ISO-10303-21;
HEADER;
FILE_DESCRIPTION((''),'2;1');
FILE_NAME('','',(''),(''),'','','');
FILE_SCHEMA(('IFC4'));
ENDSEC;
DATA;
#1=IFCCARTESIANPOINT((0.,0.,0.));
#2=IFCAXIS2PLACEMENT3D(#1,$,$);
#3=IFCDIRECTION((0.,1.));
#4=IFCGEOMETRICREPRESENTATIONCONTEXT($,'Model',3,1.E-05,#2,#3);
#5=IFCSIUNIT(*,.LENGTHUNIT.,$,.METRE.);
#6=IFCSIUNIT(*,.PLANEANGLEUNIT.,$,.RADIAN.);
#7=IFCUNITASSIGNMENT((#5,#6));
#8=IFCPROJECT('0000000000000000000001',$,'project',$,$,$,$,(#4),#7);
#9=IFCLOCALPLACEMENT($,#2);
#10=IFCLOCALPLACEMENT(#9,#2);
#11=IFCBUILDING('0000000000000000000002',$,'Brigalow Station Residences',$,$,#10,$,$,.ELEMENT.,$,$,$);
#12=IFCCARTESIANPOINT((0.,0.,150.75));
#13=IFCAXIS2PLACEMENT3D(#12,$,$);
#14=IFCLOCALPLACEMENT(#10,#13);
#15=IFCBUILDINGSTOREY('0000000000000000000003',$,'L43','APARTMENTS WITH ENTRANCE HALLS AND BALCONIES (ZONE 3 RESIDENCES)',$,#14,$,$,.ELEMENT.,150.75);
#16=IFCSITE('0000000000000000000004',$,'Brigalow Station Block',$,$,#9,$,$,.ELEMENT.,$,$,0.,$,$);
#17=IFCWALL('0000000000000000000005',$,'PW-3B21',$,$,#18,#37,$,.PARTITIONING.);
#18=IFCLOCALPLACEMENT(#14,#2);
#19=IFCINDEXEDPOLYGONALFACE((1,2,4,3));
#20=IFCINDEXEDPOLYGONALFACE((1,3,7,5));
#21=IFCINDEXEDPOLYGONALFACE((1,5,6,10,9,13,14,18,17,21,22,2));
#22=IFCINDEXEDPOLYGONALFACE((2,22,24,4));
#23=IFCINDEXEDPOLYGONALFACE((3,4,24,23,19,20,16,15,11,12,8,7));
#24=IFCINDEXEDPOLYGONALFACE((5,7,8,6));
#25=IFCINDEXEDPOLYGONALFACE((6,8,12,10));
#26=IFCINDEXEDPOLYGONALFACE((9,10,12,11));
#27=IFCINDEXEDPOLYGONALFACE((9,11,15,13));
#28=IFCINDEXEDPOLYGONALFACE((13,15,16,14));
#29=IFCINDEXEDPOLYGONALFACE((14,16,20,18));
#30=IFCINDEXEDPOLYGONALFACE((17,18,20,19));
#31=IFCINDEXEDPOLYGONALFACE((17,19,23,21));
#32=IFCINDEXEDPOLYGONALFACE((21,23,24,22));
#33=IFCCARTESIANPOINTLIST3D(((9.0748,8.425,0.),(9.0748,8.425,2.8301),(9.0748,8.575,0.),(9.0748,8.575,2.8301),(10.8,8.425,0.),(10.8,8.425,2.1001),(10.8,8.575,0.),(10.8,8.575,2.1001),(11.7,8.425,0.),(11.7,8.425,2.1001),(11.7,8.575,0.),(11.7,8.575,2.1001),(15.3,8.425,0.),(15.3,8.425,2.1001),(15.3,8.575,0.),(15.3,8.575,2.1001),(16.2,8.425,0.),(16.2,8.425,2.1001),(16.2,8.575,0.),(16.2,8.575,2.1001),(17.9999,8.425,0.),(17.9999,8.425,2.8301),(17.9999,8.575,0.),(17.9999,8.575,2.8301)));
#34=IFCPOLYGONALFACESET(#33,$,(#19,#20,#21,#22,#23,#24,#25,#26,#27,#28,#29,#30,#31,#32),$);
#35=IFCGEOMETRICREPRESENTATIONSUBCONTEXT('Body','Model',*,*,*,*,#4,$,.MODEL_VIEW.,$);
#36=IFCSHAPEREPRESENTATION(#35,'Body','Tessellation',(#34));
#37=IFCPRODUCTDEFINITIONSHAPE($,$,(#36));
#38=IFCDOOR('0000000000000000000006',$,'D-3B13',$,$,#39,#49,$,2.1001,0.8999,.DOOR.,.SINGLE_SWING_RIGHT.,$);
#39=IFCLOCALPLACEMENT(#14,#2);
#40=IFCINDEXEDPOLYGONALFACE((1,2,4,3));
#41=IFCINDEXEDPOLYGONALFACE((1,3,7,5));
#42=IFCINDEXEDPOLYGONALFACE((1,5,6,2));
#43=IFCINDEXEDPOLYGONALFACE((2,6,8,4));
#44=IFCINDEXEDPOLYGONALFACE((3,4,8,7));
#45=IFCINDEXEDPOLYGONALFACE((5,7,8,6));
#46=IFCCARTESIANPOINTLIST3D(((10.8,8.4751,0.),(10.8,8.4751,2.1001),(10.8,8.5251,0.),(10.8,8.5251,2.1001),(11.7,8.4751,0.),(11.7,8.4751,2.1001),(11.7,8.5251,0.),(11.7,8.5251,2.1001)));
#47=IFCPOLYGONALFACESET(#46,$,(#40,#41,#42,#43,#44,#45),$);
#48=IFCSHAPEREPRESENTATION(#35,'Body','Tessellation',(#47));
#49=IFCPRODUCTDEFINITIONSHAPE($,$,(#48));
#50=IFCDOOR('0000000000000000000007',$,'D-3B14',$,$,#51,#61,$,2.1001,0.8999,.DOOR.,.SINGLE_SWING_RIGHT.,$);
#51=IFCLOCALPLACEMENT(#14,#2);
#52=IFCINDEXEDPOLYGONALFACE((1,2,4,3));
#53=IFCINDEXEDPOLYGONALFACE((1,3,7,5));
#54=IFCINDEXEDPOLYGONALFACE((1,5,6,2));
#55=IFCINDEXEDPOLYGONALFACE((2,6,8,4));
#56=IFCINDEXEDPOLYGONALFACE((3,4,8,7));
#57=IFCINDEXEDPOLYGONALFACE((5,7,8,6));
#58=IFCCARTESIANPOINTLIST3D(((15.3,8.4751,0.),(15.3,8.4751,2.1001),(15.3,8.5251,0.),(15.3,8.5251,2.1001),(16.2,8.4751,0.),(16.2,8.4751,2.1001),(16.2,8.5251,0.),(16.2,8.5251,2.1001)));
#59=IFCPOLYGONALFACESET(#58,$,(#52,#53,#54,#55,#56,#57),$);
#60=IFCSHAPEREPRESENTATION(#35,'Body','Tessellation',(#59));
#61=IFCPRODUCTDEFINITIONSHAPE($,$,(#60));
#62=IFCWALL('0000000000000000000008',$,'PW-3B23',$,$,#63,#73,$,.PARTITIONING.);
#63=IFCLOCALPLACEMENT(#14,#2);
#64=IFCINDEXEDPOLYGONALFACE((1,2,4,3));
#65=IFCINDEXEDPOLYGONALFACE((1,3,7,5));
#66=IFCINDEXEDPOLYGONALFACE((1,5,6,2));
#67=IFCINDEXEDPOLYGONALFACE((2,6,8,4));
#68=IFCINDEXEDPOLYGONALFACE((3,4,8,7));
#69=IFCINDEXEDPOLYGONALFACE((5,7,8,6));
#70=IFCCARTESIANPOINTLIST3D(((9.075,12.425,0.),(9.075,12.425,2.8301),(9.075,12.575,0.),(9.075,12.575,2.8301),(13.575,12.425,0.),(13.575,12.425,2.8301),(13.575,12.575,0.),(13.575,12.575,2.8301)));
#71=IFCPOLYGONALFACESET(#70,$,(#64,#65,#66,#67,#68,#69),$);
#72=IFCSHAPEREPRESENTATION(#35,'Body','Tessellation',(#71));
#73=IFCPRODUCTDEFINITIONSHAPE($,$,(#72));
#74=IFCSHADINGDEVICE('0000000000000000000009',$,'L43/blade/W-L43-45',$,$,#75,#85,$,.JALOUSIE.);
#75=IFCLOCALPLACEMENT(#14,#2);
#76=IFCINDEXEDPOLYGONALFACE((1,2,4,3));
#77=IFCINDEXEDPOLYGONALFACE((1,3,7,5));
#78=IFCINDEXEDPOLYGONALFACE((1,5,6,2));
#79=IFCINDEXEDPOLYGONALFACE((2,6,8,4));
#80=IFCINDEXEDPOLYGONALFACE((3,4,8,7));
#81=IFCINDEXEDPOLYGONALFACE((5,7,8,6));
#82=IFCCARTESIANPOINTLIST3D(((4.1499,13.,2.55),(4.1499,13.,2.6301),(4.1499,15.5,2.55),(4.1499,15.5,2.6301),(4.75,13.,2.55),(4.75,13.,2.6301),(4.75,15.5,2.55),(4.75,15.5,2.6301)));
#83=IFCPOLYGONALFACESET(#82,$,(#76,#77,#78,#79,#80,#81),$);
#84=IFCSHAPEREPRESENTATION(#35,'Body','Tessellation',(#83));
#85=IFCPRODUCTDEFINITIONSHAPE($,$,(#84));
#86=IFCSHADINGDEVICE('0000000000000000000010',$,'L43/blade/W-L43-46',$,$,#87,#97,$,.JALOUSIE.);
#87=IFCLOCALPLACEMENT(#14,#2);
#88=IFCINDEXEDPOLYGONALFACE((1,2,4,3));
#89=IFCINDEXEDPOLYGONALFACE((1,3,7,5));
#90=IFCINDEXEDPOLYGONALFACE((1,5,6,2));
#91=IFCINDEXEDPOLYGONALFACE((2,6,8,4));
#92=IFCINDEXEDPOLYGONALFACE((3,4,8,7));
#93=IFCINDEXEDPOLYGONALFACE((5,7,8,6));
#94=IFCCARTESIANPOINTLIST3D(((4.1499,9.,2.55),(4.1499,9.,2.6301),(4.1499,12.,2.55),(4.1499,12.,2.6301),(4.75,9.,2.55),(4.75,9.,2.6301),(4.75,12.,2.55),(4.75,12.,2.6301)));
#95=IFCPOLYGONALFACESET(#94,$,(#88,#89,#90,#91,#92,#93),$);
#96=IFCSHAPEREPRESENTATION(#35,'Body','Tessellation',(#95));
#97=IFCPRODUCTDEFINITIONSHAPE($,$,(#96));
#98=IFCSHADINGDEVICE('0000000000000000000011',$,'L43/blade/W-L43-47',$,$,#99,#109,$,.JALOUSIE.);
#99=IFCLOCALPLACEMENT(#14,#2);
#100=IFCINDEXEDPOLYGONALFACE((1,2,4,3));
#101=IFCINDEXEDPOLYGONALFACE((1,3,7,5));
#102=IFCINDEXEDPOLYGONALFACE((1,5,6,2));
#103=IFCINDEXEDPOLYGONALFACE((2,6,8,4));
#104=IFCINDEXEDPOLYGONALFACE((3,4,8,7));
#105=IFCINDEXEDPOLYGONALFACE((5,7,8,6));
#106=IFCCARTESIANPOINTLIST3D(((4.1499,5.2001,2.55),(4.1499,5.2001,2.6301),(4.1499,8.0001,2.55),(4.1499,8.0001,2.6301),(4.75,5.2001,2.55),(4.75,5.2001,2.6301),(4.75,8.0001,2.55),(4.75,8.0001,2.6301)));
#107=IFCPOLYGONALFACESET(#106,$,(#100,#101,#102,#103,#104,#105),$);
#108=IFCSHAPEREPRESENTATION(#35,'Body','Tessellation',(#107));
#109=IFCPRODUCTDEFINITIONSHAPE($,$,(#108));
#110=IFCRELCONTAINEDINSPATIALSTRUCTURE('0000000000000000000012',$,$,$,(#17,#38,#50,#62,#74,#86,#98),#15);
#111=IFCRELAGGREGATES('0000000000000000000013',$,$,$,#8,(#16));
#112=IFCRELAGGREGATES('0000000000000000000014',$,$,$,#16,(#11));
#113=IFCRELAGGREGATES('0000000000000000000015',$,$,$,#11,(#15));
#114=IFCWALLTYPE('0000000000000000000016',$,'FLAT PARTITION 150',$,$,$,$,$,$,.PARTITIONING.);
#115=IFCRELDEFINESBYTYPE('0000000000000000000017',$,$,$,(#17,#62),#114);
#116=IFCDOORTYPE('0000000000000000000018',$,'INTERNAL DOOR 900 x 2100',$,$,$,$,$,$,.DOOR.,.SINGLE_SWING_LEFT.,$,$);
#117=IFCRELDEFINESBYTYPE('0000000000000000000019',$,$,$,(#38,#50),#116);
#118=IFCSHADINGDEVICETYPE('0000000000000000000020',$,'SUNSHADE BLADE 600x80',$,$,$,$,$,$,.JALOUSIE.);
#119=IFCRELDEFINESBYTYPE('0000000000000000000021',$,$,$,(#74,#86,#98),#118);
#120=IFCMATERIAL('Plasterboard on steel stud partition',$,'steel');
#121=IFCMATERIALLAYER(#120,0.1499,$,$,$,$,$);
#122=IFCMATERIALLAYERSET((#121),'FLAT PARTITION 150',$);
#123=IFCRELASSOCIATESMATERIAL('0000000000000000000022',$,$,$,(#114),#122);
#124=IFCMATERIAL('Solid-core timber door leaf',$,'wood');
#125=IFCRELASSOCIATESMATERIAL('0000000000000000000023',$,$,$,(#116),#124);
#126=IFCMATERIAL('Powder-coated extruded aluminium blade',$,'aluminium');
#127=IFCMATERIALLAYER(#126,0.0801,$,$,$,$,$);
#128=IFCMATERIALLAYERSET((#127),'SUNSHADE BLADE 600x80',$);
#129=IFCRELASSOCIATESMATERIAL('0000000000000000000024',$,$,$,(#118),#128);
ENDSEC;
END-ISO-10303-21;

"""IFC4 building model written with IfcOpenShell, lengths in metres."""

from ifc_helpers import new_model, si_unit, direction, frame, frame_2d, origin, origin_2d, place, context, subcontext, project, spatial, rectangle, extrude, material, layer, layer_set, type_object, element, fill, save


model = new_model("IFC4")

# Units and contexts
model_context = context("Model", 3, precision=1e-05, world=origin(), true_north=direction((0.0, 1.0)))
body_context = subcontext(model_context, "Body", "Model", "MODEL_VIEW")
ifc_project = project(units=[si_unit("LENGTHUNIT", "METRE"), si_unit("PLANEANGLEUNIT", "RADIAN")], contexts=[model_context])

# Site, building, storey
site_placement = place(None, origin())
site = spatial("IfcSite", under=ifc_project, at=site_placement, Name="Brigalow Station Block", CompositionType="ELEMENT", RefElevation=0.0)
building_placement = place(site_placement, origin())
building = spatial("IfcBuilding", under=site, at=building_placement, Name="Brigalow Station Residences", CompositionType="ELEMENT")
storey_placement = place(building_placement, frame((0.0, 0.0, 150.75)))
storey = spatial("IfcBuildingStorey", under=building, at=storey_placement, Name="L43", Description="APARTMENTS WITH ENTRANCE HALLS AND BALCONIES (ZONE 3 RESIDENCES)", CompositionType="ELEMENT", Elevation=150.75)

# Shared definitions
ifc_material_1 = material(Name="Plasterboard on steel stud partition", Category="steel")
ifc_layer_1 = layer(ifc_material_1, 0.1499)
ifc_layer_set_1 = layer_set([ifc_layer_1], Name="FLAT PARTITION 150")
wall_type_1 = type_object("IfcWallType", Name="FLAT PARTITION 150", PredefinedType="PARTITIONING", material=ifc_layer_set_1)

# Wall, openings, doors
wall_1_placement = place(storey_placement, frame((9.075, 8.5, 0.0), z_axis=(0.0, 0.0, 1.0), x_axis=(1.0, 0.0, 0.0)))
wall_1 = element("IfcWall", 1, at=wall_1_placement, inside=storey, type_object=wall_type_1, Name="PW-3B21", PredefinedType="PARTITIONING", context=body_context, shape_type="SweptSolid", body=[
    extrude(rectangle(XDim=8.925, YDim=0.1499, at=frame_2d((4.4624, 0.0))), origin(), (0.0, 0.0, 1.0), 2.8301),
])
opening_1_placement = place(wall_1_placement, frame((1.7251, 0.0, 0.0)))
opening_1 = element("IfcOpeningElement", 2, at=opening_1_placement, cuts=wall_1, PredefinedType="OPENING", context=body_context, shape_type="SweptSolid", body=[
    extrude(rectangle(XDim=0.8999, YDim=2.1001, at=frame_2d((0.45, 1.05))), frame((0.0, 0.085, 0.0), z_axis=(0.0, -1.0, 0.0), x_axis=(1.0, 0.0, 0.0)), (0.0, 0.0, 1.0), 0.1699),
])
opening_2_placement = place(wall_1_placement, frame((6.2251, 0.0, 0.0)))
opening_2 = element("IfcOpeningElement", 3, at=opening_2_placement, cuts=wall_1, PredefinedType="OPENING", context=body_context, shape_type="SweptSolid", body=[
    extrude(rectangle(XDim=0.8999, YDim=2.1001, at=frame_2d((0.45, 1.05))), frame((0.0, 0.085, 0.0), z_axis=(0.0, -1.0, 0.0), x_axis=(1.0, 0.0, 0.0)), (0.0, 0.0, 1.0), 0.1699),
])
ifc_material_2 = material(Name="Solid-core timber door leaf", Category="wood")
door_type_1 = type_object("IfcDoorType", Name="INTERNAL DOOR 900 x 2100", OperationType="SINGLE_SWING_LEFT", PredefinedType="DOOR", material=ifc_material_2)
door_1_placement = place(opening_1_placement, frame((0.8999, 0.0, 0.0), z_axis=(0.0, 0.0, 1.0), x_axis=(-1.0, 0.0, 0.0)))
door_1 = element("IfcDoor", 4, at=door_1_placement, inside=storey, type_object=door_type_1, Name="D-3B13", OperationType="SINGLE_SWING_RIGHT", OverallHeight=2.1001, OverallWidth=0.8999, PredefinedType="DOOR", context=body_context, shape_type="SweptSolid", body=[
    extrude(rectangle(XDim=0.8999, YDim=2.1001, at=frame_2d((0.45, 1.05))), frame((0.0, 0.0249, 0.0), z_axis=(0.0, -1.0, 0.0), x_axis=(1.0, 0.0, 0.0)), (0.0, 0.0, 1.0), 0.05),
])
fill(opening_1, door_1)
door_2_placement = place(opening_2_placement, frame((0.8999, 0.0, 0.0), z_axis=(0.0, 0.0, 1.0), x_axis=(-1.0, 0.0, 0.0)))
door_2 = element("IfcDoor", 5, at=door_2_placement, inside=storey, type_object=door_type_1, Name="D-3B14", OperationType="SINGLE_SWING_RIGHT", OverallHeight=2.1001, OverallWidth=0.8999, PredefinedType="DOOR", context=body_context, shape_type="SweptSolid", body=[
    extrude(rectangle(XDim=0.8999, YDim=2.1001, at=frame_2d((0.45, 1.05))), frame((0.0, 0.0249, 0.0), z_axis=(0.0, -1.0, 0.0), x_axis=(1.0, 0.0, 0.0)), (0.0, 0.0, 1.0), 0.05),
])
fill(opening_2, door_2)

# Wall
wall_2_placement = place(storey_placement, frame((9.075, 12.5, 0.0), z_axis=(0.0, 0.0, 1.0), x_axis=(1.0, 0.0, 0.0)))
element("IfcWall", 6, at=wall_2_placement, inside=storey, type_object=wall_type_1, Name="PW-3B23", PredefinedType="PARTITIONING", context=body_context, shape_type="SweptSolid", body=[
    extrude(rectangle(XDim=4.5, YDim=0.1499, at=frame_2d((2.25, 0.0))), origin(), (0.0, 0.0, 1.0), 2.8301),
])

# Shading devices
ifc_material_3 = material(Name="Powder-coated extruded aluminium blade", Category="aluminium")
ifc_layer_2 = layer(ifc_material_3, 0.0801)
ifc_layer_set_2 = layer_set([ifc_layer_2], Name="SUNSHADE BLADE 600x80")
shading_device_type = type_object("IfcShadingDeviceType", Name="SUNSHADE BLADE 600x80", PredefinedType="JALOUSIE", material=ifc_layer_set_2)
shading_device_1_placement = place(storey_placement, frame((4.45, 14.25, 2.55), z_axis=(0.0, 0.0, 1.0), x_axis=(0.0, -1.0, 0.0)))
element("IfcShadingDevice", 7, at=shading_device_1_placement, inside=storey, type_object=shading_device_type, Name="L43/blade/W-L43-45", PredefinedType="JALOUSIE", context=body_context, shape_type="SweptSolid", body=[
    extrude(rectangle(XDim=2.5, YDim=0.6001, at=origin_2d()), origin(), (0.0, 0.0, 1.0), 0.0801),
])
shading_device_2_placement = place(storey_placement, frame((4.45, 10.5, 2.55), z_axis=(0.0, 0.0, 1.0), x_axis=(0.0, -1.0, 0.0)))
element("IfcShadingDevice", 8, at=shading_device_2_placement, inside=storey, type_object=shading_device_type, Name="L43/blade/W-L43-46", PredefinedType="JALOUSIE", context=body_context, shape_type="SweptSolid", body=[
    extrude(rectangle(XDim=3.0, YDim=0.6001, at=origin_2d()), origin(), (0.0, 0.0, 1.0), 0.0801),
])
shading_device_3_placement = place(storey_placement, frame((4.45, 6.6001, 2.55), z_axis=(0.0, 0.0, 1.0), x_axis=(0.0, -1.0, 0.0)))
element("IfcShadingDevice", 9, at=shading_device_3_placement, inside=storey, type_object=shading_device_type, Name="L43/blade/W-L43-47", PredefinedType="JALOUSIE", context=body_context, shape_type="SweptSolid", body=[
    extrude(rectangle(XDim=2.8, YDim=0.6001, at=origin_2d()), origin(), (0.0, 0.0, 1.0), 0.0801),
])

save(model, "model.ifc")
